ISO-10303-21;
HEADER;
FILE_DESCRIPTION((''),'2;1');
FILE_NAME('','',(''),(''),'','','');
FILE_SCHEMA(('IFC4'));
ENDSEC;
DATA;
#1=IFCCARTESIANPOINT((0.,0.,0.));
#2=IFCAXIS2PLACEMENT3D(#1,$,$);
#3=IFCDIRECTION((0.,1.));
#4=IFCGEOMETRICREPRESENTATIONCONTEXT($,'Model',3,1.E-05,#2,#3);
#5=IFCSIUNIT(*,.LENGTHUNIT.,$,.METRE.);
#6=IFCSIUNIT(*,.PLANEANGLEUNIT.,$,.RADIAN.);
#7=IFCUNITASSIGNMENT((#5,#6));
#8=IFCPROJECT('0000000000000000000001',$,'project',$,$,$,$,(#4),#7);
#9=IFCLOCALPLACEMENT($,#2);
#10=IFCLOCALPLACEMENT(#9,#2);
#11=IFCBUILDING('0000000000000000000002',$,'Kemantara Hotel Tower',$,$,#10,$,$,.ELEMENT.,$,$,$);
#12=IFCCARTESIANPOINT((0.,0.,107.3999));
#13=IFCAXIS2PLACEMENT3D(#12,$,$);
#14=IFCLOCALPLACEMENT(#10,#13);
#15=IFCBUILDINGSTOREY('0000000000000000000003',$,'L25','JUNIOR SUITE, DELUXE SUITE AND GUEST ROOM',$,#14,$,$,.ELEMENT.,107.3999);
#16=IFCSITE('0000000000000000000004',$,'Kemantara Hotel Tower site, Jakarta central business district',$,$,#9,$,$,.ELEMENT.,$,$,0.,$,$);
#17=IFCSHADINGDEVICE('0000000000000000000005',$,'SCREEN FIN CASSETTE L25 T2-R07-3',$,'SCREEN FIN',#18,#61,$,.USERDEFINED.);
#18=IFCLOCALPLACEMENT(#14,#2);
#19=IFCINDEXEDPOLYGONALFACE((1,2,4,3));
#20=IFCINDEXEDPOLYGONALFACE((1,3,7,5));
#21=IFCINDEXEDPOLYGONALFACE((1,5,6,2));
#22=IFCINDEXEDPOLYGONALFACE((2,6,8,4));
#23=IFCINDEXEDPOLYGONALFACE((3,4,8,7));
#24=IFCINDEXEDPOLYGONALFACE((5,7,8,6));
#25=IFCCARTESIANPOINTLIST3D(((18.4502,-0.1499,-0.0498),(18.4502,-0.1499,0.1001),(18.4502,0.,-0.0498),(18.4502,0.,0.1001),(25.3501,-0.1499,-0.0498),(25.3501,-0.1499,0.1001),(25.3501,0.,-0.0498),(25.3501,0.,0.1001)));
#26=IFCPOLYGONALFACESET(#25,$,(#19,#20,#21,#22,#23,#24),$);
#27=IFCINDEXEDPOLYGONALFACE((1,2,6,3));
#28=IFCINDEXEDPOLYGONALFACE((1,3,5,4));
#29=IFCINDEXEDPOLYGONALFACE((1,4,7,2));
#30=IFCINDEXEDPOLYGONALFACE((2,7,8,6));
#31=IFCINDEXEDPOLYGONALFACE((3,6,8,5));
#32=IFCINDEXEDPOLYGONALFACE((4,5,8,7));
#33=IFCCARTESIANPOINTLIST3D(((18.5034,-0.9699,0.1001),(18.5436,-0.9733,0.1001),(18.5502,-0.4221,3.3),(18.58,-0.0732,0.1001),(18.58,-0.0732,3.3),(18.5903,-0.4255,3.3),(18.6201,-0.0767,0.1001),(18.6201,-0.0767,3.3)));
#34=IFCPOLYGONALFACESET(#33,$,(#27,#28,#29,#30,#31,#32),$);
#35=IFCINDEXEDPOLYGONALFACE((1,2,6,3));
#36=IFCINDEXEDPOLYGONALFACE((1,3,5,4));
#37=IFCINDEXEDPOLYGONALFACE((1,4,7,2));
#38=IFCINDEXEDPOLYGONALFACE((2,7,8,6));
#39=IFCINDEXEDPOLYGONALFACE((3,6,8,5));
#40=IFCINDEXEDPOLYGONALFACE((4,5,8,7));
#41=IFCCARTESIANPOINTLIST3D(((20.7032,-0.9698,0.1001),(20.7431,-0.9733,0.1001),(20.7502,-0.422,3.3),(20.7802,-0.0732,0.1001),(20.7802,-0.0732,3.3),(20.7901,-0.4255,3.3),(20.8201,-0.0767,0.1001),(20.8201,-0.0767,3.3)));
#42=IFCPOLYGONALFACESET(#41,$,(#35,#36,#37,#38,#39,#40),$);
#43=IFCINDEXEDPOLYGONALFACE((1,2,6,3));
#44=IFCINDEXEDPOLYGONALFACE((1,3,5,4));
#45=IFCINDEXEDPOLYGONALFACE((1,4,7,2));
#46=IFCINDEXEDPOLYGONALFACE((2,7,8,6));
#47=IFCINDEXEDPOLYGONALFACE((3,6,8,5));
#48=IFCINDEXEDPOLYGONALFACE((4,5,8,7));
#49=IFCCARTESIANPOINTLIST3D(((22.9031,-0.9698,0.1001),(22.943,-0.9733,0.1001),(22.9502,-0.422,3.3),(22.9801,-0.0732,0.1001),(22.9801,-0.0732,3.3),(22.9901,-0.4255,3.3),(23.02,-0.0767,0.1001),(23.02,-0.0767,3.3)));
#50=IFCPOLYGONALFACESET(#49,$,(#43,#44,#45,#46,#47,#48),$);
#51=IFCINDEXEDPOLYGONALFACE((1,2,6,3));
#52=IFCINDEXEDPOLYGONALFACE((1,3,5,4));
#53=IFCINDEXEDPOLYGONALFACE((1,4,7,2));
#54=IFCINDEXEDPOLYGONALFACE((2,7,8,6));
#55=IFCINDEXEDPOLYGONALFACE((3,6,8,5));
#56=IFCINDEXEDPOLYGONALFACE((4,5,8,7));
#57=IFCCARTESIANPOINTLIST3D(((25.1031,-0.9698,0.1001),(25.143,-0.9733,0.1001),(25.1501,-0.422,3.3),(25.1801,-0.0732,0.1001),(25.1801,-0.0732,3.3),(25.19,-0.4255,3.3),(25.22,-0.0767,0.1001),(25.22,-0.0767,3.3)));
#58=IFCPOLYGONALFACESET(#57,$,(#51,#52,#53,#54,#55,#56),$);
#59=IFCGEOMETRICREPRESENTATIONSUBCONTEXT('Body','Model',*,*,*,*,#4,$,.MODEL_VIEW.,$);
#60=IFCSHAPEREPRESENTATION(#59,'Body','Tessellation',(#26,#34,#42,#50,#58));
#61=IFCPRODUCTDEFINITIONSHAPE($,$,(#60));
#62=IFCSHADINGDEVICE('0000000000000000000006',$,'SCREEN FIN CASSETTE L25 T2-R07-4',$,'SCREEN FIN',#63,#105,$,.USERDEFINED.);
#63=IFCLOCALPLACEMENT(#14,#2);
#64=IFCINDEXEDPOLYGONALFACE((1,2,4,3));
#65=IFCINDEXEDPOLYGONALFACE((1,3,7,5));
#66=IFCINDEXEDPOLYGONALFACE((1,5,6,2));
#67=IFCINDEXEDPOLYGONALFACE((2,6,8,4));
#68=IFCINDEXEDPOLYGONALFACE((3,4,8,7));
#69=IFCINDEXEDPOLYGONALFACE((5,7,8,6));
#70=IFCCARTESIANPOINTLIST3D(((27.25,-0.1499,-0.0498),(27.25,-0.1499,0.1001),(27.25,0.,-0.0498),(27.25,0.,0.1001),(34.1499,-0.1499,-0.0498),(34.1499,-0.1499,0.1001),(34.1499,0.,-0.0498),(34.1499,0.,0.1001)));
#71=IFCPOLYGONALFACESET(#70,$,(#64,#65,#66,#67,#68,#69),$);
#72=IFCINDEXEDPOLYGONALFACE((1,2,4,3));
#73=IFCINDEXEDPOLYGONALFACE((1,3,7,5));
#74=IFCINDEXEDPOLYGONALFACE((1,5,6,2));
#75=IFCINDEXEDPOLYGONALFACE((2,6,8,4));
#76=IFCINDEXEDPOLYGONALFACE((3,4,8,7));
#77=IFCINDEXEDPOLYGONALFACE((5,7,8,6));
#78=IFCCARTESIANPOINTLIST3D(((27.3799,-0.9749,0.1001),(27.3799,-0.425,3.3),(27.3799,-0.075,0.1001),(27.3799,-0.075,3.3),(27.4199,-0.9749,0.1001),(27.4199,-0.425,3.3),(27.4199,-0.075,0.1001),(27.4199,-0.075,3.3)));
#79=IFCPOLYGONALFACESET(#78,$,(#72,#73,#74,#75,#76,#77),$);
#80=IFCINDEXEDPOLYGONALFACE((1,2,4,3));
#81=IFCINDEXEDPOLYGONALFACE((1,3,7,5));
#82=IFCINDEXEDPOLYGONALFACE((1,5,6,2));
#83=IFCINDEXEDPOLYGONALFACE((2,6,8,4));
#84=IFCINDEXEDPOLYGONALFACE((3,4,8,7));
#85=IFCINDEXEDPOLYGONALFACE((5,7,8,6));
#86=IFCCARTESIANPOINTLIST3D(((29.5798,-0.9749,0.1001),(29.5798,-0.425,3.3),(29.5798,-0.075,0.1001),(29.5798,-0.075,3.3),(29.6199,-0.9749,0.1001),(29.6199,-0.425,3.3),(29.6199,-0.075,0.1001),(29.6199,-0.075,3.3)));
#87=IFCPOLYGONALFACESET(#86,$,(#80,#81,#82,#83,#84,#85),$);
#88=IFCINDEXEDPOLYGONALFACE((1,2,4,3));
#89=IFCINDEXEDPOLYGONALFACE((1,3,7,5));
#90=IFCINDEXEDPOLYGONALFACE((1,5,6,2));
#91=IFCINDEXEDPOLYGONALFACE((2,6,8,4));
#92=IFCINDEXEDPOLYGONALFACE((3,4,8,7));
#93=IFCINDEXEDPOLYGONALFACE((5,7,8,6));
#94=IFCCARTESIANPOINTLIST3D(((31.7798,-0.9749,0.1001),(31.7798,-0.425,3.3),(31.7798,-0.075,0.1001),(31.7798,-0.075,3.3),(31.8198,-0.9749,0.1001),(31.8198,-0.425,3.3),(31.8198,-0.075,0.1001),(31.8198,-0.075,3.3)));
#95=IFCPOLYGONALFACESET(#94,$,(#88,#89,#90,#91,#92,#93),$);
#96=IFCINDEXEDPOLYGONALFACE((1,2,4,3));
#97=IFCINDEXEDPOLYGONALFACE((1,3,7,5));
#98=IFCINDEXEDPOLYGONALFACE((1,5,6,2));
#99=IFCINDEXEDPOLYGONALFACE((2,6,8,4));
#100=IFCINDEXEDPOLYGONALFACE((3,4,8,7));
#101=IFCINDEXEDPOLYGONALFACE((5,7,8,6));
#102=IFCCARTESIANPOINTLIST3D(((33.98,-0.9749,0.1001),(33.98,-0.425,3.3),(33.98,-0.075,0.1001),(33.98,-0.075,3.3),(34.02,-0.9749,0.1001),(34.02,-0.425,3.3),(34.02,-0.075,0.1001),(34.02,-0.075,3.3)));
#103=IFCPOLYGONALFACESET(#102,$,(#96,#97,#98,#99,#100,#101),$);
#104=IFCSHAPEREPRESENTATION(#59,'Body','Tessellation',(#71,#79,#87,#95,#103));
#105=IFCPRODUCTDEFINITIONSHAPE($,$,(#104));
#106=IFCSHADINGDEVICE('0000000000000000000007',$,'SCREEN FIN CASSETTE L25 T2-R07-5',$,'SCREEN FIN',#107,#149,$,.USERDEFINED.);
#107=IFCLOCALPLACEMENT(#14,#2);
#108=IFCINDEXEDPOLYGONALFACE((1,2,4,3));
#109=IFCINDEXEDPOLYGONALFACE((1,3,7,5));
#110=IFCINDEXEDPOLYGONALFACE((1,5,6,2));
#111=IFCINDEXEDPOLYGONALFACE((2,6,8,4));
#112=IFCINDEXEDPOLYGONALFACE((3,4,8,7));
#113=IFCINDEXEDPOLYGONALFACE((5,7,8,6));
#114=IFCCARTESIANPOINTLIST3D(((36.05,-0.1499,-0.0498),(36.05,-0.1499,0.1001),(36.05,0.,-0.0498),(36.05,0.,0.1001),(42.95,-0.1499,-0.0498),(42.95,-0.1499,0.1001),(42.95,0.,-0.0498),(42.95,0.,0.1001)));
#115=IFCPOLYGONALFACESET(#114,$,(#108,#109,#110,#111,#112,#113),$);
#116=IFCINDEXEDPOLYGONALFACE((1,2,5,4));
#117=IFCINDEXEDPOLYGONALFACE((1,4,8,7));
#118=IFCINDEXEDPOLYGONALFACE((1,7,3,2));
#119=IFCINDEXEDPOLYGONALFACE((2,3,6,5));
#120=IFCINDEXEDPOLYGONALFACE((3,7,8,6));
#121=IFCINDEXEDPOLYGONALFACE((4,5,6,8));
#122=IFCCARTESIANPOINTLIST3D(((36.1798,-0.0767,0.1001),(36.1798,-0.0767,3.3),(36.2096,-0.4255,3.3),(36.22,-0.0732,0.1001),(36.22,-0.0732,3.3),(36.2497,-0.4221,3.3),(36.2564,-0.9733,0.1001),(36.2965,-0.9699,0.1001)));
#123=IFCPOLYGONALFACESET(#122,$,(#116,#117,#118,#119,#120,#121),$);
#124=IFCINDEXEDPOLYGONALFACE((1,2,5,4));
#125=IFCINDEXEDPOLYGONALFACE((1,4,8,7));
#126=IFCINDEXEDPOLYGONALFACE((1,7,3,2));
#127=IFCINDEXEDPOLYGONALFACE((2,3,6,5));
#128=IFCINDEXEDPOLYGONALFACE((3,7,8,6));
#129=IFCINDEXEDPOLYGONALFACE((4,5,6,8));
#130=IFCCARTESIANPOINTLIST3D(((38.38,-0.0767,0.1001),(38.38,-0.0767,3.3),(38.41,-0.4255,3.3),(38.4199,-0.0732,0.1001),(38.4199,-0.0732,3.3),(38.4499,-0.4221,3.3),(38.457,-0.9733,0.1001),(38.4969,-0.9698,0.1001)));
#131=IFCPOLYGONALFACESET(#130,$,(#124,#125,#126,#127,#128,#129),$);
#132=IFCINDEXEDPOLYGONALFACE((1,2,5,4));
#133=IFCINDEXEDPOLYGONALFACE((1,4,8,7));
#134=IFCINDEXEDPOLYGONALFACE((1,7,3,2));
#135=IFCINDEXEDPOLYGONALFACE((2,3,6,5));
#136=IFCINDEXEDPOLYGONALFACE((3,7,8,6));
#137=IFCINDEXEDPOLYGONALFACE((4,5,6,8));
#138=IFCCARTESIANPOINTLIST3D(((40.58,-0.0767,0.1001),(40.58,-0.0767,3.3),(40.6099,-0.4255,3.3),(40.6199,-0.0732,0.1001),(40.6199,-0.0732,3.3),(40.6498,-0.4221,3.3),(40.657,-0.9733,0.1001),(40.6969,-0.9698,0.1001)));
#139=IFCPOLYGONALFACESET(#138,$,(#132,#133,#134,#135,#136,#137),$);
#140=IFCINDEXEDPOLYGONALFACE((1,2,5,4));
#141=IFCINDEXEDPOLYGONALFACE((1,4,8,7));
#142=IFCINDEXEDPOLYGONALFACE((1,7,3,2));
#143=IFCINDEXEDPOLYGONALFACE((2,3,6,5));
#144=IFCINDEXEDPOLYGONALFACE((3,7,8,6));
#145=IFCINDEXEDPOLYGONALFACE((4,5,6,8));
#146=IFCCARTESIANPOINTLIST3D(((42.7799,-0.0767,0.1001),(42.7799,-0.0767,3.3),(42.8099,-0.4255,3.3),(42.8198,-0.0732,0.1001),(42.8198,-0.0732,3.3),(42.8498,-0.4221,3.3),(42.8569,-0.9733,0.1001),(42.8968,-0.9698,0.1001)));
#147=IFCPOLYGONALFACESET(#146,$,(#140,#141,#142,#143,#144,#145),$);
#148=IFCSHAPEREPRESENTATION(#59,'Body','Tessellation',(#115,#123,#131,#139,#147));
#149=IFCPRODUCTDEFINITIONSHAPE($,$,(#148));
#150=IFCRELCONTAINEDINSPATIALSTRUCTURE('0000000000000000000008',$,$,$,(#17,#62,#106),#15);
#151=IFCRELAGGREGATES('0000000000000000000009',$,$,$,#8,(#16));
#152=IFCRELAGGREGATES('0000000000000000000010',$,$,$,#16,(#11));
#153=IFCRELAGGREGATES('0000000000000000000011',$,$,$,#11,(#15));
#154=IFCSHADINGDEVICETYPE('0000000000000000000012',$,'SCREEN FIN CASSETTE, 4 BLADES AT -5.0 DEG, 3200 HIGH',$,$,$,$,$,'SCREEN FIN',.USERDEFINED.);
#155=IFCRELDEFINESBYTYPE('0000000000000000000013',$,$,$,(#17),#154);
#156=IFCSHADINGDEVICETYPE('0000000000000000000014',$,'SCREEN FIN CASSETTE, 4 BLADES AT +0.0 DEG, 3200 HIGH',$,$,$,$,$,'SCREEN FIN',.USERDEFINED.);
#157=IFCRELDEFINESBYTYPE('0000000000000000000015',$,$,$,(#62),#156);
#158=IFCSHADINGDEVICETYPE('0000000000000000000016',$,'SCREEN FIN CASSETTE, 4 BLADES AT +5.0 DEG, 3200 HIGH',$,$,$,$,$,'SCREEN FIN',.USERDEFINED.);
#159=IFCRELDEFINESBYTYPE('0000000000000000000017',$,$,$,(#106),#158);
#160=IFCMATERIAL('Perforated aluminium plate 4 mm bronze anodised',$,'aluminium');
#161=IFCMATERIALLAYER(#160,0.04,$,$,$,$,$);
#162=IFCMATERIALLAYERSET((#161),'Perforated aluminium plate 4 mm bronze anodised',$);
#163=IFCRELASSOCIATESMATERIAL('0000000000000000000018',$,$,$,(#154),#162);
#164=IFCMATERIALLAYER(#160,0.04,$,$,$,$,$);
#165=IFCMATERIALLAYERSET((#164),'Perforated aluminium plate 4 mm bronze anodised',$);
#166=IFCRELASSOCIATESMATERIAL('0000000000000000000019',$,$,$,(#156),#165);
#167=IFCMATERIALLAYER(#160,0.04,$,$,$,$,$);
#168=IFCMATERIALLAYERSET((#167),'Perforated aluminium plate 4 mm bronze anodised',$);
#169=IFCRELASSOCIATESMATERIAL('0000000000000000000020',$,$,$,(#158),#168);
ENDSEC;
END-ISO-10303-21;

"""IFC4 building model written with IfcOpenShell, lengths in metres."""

from ifc_helpers import new_model, si_unit, direction, frame, origin, origin_2d, place, context, subcontext, project, spatial, polyline, rectangle, outline, extrude, source, transform, mapped, material, layer, layer_set, type_object, element, save


model = new_model("IFC4")

# Units and contexts
model_context = context("Model", 3, precision=1e-05, world=origin(), true_north=direction((0.0, 1.0)))
body_context = subcontext(model_context, "Body", "Model", "MODEL_VIEW")
ifc_project = project(units=[si_unit("LENGTHUNIT", "METRE"), si_unit("PLANEANGLEUNIT", "RADIAN")], contexts=[model_context])

# Site, building, storey
site_placement = place(None, origin())
site = spatial("IfcSite", under=ifc_project, at=site_placement, Name="Kemantara Hotel Tower site, Jakarta central business district", CompositionType="ELEMENT", RefElevation=0.0)
building_placement = place(site_placement, origin())
building = spatial("IfcBuilding", under=site, at=building_placement, Name="Kemantara Hotel Tower", CompositionType="ELEMENT")
storey_placement = place(building_placement, frame((0.0, 0.0, 107.3999)))
storey = spatial("IfcBuildingStorey", under=building, at=storey_placement, Name="L25", Description="JUNIOR SUITE, DELUXE SUITE AND GUEST ROOM", CompositionType="ELEMENT", Elevation=107.3999)

# Shading devices
ifc_material_1 = material(Name="Perforated aluminium plate 4 mm bronze anodised", Category="aluminium")
ifc_layer_1 = layer(ifc_material_1, 0.04)
ifc_layer_set_1 = layer_set([ifc_layer_1], Name="Perforated aluminium plate 4 mm bronze anodised")
shading_device_type_1 = type_object("IfcShadingDeviceType", Name="SCREEN FIN CASSETTE, 4 BLADES AT -5.0 DEG, 3200 HIGH", ElementType="SCREEN FIN", PredefinedType="USERDEFINED", material=ifc_layer_set_1)
shared_shape_1 = source(origin(), body_context, "Body", "SweptSolid", [
    extrude(rectangle(XDim=6.8999, YDim=0.1499, at=origin_2d()), frame((3.3, -0.075, -0.1499), z_axis=(0.0, 0.0, 1.0), x_axis=(1.0, 0.0, 0.0)), (0.0, 0.0, 1.0), 0.1499),
    extrude(outline(polyline([(0.0, 0.0), (0.8999, 0.0), (0.3501, 3.2), (0.0, 3.2), (0.0, 0.0)])), frame((0.02, -0.0767, 0.0), z_axis=(-0.996376, 0.085056, 0.0), x_axis=(-0.085056, -0.996376, 0.0)), (0.0, 0.0, 1.0), 0.0403),
    extrude(outline(polyline([(0.0, 0.0), (0.8999, 0.0), (0.3501, 3.2), (0.0, 3.2), (0.0, 0.0)])), frame((2.22, -0.0767, 0.0), z_axis=(-0.996332, 0.085575, 0.0), x_axis=(-0.085575, -0.996332, 0.0)), (0.0, 0.0, 1.0), 0.04),
    extrude(outline(polyline([(0.0, 0.0), (0.8999, 0.0), (0.3501, 3.2), (0.0, 3.2), (0.0, 0.0)])), frame((4.4199, -0.0767, 0.0), z_axis=(-0.996332, 0.085575, 0.0), x_axis=(-0.085575, -0.996332, 0.0)), (0.0, 0.0, 1.0), 0.04),
    extrude(outline(polyline([(0.0, 0.0), (0.8999, 0.0), (0.3501, 3.2), (0.0, 3.2), (0.0, 0.0)])), frame((6.6199, -0.0767, 0.0), z_axis=(-0.996332, 0.085575, 0.0), x_axis=(-0.085575, -0.996332, 0.0)), (0.0, 0.0, 1.0), 0.04),
])
shading_device_1_placement = place(storey_placement, frame((18.6001, 0.0, 0.1001), z_axis=(0.0, 0.0, 1.0), x_axis=(1.0, 0.0, 0.0)))
element("IfcShadingDevice", 1, at=shading_device_1_placement, inside=storey, type_object=shading_device_type_1, Name="SCREEN FIN CASSETTE L25 T2-R07-3", ObjectType="SCREEN FIN", PredefinedType="USERDEFINED", context=body_context, shape_type="MappedRepresentation", body=[
    mapped(shared_shape_1, transform((0.0, 0.0, 0.0))),
])
ifc_layer_2 = layer(ifc_material_1, 0.04)
ifc_layer_set_2 = layer_set([ifc_layer_2], Name="Perforated aluminium plate 4 mm bronze anodised")
shading_device_type_2 = type_object("IfcShadingDeviceType", Name="SCREEN FIN CASSETTE, 4 BLADES AT +0.0 DEG, 3200 HIGH", ElementType="SCREEN FIN", PredefinedType="USERDEFINED", material=ifc_layer_set_2)
shared_shape_2 = source(origin(), body_context, "Body", "SweptSolid", [
    extrude(rectangle(XDim=6.8999, YDim=0.1499, at=origin_2d()), frame((3.3, -0.075, -0.1499), z_axis=(0.0, 0.0, 1.0), x_axis=(1.0, 0.0, 0.0)), (0.0, 0.0, 1.0), 0.1499),
    extrude(outline(polyline([(0.0, 0.0), (0.8999, 0.0), (0.3501, 3.2), (0.0, 3.2), (0.0, 0.0)])), frame((0.02, -0.075, 0.0), z_axis=(-1.0, 0.0, 0.0), x_axis=(0.0, -1.0, 0.0)), (0.0, 0.0, 1.0), 0.04),
    extrude(outline(polyline([(0.0, 0.0), (0.8999, 0.0), (0.3501, 3.2), (0.0, 3.2), (0.0, 0.0)])), frame((2.22, -0.075, 0.0), z_axis=(-1.0, 0.0, 0.0), x_axis=(0.0, -1.0, 0.0)), (0.0, 0.0, 1.0), 0.04),
    extrude(outline(polyline([(0.0, 0.0), (0.8999, 0.0), (0.3501, 3.2), (0.0, 3.2), (0.0, 0.0)])), frame((4.4199, -0.075, 0.0), z_axis=(-1.0, 0.0, 0.0), x_axis=(0.0, -1.0, 0.0)), (0.0, 0.0, 1.0), 0.04),
    extrude(outline(polyline([(0.0, 0.0), (0.8999, 0.0), (0.3501, 3.2), (0.0, 3.2), (0.0, 0.0)])), frame((6.6201, -0.075, 0.0), z_axis=(-1.0, 0.0, 0.0), x_axis=(0.0, -1.0, 0.0)), (0.0, 0.0, 1.0), 0.04),
])
shading_device_2_placement = place(storey_placement, frame((27.3999, 0.0, 0.1001), z_axis=(0.0, 0.0, 1.0), x_axis=(1.0, 0.0, 0.0)))
element("IfcShadingDevice", 2, at=shading_device_2_placement, inside=storey, type_object=shading_device_type_2, Name="SCREEN FIN CASSETTE L25 T2-R07-4", ObjectType="SCREEN FIN", PredefinedType="USERDEFINED", context=body_context, shape_type="MappedRepresentation", body=[
    mapped(shared_shape_2, transform((0.0, 0.0, 0.0))),
])
ifc_layer_3 = layer(ifc_material_1, 0.04)
ifc_layer_set_3 = layer_set([ifc_layer_3], Name="Perforated aluminium plate 4 mm bronze anodised")
shading_device_type_3 = type_object("IfcShadingDeviceType", Name="SCREEN FIN CASSETTE, 4 BLADES AT +5.0 DEG, 3200 HIGH", ElementType="SCREEN FIN", PredefinedType="USERDEFINED", material=ifc_layer_set_3)
shared_shape_3 = source(origin(), body_context, "Body", "SweptSolid", [
    extrude(rectangle(XDim=6.8999, YDim=0.1499, at=origin_2d()), frame((3.3, -0.075, -0.1499), z_axis=(0.0, 0.0, 1.0), x_axis=(1.0, 0.0, 0.0)), (0.0, 0.0, 1.0), 0.1499),
    extrude(outline(polyline([(0.0, 0.0), (0.8999, 0.0), (0.3501, 3.2), (0.0, 3.2), (0.0, 0.0)])), frame((0.02, -0.0732, 0.0), z_axis=(-0.996376, -0.085056, 0.0), x_axis=(0.085056, -0.996376, 0.0)), (0.0, 0.0, 1.0), 0.0403),
    extrude(outline(polyline([(0.0, 0.0), (0.8999, 0.0), (0.3501, 3.2), (0.0, 3.2), (0.0, 0.0)])), frame((2.22, -0.0732, 0.0), z_axis=(-0.996332, -0.085575, 0.0), x_axis=(0.085575, -0.996332, 0.0)), (0.0, 0.0, 1.0), 0.04),
    extrude(outline(polyline([(0.0, 0.0), (0.8999, 0.0), (0.3501, 3.2), (0.0, 3.2), (0.0, 0.0)])), frame((4.4199, -0.0732, 0.0), z_axis=(-0.996332, -0.085575, 0.0), x_axis=(0.085575, -0.996332, 0.0)), (0.0, 0.0, 1.0), 0.04),
    extrude(outline(polyline([(0.0, 0.0), (0.8999, 0.0), (0.3501, 3.2), (0.0, 3.2), (0.0, 0.0)])), frame((6.6199, -0.0732, 0.0), z_axis=(-0.996332, -0.085575, 0.0), x_axis=(0.085575, -0.996332, 0.0)), (0.0, 0.0, 1.0), 0.04),
])
shading_device_3_placement = place(storey_placement, frame((36.2, 0.0, 0.1001), z_axis=(0.0, 0.0, 1.0), x_axis=(1.0, 0.0, 0.0)))
element("IfcShadingDevice", 3, at=shading_device_3_placement, inside=storey, type_object=shading_device_type_3, Name="SCREEN FIN CASSETTE L25 T2-R07-5", ObjectType="SCREEN FIN", PredefinedType="USERDEFINED", context=body_context, shape_type="MappedRepresentation", body=[
    mapped(shared_shape_3, transform((0.0, 0.0, 0.0))),
])

save(model, "model.ifc")
